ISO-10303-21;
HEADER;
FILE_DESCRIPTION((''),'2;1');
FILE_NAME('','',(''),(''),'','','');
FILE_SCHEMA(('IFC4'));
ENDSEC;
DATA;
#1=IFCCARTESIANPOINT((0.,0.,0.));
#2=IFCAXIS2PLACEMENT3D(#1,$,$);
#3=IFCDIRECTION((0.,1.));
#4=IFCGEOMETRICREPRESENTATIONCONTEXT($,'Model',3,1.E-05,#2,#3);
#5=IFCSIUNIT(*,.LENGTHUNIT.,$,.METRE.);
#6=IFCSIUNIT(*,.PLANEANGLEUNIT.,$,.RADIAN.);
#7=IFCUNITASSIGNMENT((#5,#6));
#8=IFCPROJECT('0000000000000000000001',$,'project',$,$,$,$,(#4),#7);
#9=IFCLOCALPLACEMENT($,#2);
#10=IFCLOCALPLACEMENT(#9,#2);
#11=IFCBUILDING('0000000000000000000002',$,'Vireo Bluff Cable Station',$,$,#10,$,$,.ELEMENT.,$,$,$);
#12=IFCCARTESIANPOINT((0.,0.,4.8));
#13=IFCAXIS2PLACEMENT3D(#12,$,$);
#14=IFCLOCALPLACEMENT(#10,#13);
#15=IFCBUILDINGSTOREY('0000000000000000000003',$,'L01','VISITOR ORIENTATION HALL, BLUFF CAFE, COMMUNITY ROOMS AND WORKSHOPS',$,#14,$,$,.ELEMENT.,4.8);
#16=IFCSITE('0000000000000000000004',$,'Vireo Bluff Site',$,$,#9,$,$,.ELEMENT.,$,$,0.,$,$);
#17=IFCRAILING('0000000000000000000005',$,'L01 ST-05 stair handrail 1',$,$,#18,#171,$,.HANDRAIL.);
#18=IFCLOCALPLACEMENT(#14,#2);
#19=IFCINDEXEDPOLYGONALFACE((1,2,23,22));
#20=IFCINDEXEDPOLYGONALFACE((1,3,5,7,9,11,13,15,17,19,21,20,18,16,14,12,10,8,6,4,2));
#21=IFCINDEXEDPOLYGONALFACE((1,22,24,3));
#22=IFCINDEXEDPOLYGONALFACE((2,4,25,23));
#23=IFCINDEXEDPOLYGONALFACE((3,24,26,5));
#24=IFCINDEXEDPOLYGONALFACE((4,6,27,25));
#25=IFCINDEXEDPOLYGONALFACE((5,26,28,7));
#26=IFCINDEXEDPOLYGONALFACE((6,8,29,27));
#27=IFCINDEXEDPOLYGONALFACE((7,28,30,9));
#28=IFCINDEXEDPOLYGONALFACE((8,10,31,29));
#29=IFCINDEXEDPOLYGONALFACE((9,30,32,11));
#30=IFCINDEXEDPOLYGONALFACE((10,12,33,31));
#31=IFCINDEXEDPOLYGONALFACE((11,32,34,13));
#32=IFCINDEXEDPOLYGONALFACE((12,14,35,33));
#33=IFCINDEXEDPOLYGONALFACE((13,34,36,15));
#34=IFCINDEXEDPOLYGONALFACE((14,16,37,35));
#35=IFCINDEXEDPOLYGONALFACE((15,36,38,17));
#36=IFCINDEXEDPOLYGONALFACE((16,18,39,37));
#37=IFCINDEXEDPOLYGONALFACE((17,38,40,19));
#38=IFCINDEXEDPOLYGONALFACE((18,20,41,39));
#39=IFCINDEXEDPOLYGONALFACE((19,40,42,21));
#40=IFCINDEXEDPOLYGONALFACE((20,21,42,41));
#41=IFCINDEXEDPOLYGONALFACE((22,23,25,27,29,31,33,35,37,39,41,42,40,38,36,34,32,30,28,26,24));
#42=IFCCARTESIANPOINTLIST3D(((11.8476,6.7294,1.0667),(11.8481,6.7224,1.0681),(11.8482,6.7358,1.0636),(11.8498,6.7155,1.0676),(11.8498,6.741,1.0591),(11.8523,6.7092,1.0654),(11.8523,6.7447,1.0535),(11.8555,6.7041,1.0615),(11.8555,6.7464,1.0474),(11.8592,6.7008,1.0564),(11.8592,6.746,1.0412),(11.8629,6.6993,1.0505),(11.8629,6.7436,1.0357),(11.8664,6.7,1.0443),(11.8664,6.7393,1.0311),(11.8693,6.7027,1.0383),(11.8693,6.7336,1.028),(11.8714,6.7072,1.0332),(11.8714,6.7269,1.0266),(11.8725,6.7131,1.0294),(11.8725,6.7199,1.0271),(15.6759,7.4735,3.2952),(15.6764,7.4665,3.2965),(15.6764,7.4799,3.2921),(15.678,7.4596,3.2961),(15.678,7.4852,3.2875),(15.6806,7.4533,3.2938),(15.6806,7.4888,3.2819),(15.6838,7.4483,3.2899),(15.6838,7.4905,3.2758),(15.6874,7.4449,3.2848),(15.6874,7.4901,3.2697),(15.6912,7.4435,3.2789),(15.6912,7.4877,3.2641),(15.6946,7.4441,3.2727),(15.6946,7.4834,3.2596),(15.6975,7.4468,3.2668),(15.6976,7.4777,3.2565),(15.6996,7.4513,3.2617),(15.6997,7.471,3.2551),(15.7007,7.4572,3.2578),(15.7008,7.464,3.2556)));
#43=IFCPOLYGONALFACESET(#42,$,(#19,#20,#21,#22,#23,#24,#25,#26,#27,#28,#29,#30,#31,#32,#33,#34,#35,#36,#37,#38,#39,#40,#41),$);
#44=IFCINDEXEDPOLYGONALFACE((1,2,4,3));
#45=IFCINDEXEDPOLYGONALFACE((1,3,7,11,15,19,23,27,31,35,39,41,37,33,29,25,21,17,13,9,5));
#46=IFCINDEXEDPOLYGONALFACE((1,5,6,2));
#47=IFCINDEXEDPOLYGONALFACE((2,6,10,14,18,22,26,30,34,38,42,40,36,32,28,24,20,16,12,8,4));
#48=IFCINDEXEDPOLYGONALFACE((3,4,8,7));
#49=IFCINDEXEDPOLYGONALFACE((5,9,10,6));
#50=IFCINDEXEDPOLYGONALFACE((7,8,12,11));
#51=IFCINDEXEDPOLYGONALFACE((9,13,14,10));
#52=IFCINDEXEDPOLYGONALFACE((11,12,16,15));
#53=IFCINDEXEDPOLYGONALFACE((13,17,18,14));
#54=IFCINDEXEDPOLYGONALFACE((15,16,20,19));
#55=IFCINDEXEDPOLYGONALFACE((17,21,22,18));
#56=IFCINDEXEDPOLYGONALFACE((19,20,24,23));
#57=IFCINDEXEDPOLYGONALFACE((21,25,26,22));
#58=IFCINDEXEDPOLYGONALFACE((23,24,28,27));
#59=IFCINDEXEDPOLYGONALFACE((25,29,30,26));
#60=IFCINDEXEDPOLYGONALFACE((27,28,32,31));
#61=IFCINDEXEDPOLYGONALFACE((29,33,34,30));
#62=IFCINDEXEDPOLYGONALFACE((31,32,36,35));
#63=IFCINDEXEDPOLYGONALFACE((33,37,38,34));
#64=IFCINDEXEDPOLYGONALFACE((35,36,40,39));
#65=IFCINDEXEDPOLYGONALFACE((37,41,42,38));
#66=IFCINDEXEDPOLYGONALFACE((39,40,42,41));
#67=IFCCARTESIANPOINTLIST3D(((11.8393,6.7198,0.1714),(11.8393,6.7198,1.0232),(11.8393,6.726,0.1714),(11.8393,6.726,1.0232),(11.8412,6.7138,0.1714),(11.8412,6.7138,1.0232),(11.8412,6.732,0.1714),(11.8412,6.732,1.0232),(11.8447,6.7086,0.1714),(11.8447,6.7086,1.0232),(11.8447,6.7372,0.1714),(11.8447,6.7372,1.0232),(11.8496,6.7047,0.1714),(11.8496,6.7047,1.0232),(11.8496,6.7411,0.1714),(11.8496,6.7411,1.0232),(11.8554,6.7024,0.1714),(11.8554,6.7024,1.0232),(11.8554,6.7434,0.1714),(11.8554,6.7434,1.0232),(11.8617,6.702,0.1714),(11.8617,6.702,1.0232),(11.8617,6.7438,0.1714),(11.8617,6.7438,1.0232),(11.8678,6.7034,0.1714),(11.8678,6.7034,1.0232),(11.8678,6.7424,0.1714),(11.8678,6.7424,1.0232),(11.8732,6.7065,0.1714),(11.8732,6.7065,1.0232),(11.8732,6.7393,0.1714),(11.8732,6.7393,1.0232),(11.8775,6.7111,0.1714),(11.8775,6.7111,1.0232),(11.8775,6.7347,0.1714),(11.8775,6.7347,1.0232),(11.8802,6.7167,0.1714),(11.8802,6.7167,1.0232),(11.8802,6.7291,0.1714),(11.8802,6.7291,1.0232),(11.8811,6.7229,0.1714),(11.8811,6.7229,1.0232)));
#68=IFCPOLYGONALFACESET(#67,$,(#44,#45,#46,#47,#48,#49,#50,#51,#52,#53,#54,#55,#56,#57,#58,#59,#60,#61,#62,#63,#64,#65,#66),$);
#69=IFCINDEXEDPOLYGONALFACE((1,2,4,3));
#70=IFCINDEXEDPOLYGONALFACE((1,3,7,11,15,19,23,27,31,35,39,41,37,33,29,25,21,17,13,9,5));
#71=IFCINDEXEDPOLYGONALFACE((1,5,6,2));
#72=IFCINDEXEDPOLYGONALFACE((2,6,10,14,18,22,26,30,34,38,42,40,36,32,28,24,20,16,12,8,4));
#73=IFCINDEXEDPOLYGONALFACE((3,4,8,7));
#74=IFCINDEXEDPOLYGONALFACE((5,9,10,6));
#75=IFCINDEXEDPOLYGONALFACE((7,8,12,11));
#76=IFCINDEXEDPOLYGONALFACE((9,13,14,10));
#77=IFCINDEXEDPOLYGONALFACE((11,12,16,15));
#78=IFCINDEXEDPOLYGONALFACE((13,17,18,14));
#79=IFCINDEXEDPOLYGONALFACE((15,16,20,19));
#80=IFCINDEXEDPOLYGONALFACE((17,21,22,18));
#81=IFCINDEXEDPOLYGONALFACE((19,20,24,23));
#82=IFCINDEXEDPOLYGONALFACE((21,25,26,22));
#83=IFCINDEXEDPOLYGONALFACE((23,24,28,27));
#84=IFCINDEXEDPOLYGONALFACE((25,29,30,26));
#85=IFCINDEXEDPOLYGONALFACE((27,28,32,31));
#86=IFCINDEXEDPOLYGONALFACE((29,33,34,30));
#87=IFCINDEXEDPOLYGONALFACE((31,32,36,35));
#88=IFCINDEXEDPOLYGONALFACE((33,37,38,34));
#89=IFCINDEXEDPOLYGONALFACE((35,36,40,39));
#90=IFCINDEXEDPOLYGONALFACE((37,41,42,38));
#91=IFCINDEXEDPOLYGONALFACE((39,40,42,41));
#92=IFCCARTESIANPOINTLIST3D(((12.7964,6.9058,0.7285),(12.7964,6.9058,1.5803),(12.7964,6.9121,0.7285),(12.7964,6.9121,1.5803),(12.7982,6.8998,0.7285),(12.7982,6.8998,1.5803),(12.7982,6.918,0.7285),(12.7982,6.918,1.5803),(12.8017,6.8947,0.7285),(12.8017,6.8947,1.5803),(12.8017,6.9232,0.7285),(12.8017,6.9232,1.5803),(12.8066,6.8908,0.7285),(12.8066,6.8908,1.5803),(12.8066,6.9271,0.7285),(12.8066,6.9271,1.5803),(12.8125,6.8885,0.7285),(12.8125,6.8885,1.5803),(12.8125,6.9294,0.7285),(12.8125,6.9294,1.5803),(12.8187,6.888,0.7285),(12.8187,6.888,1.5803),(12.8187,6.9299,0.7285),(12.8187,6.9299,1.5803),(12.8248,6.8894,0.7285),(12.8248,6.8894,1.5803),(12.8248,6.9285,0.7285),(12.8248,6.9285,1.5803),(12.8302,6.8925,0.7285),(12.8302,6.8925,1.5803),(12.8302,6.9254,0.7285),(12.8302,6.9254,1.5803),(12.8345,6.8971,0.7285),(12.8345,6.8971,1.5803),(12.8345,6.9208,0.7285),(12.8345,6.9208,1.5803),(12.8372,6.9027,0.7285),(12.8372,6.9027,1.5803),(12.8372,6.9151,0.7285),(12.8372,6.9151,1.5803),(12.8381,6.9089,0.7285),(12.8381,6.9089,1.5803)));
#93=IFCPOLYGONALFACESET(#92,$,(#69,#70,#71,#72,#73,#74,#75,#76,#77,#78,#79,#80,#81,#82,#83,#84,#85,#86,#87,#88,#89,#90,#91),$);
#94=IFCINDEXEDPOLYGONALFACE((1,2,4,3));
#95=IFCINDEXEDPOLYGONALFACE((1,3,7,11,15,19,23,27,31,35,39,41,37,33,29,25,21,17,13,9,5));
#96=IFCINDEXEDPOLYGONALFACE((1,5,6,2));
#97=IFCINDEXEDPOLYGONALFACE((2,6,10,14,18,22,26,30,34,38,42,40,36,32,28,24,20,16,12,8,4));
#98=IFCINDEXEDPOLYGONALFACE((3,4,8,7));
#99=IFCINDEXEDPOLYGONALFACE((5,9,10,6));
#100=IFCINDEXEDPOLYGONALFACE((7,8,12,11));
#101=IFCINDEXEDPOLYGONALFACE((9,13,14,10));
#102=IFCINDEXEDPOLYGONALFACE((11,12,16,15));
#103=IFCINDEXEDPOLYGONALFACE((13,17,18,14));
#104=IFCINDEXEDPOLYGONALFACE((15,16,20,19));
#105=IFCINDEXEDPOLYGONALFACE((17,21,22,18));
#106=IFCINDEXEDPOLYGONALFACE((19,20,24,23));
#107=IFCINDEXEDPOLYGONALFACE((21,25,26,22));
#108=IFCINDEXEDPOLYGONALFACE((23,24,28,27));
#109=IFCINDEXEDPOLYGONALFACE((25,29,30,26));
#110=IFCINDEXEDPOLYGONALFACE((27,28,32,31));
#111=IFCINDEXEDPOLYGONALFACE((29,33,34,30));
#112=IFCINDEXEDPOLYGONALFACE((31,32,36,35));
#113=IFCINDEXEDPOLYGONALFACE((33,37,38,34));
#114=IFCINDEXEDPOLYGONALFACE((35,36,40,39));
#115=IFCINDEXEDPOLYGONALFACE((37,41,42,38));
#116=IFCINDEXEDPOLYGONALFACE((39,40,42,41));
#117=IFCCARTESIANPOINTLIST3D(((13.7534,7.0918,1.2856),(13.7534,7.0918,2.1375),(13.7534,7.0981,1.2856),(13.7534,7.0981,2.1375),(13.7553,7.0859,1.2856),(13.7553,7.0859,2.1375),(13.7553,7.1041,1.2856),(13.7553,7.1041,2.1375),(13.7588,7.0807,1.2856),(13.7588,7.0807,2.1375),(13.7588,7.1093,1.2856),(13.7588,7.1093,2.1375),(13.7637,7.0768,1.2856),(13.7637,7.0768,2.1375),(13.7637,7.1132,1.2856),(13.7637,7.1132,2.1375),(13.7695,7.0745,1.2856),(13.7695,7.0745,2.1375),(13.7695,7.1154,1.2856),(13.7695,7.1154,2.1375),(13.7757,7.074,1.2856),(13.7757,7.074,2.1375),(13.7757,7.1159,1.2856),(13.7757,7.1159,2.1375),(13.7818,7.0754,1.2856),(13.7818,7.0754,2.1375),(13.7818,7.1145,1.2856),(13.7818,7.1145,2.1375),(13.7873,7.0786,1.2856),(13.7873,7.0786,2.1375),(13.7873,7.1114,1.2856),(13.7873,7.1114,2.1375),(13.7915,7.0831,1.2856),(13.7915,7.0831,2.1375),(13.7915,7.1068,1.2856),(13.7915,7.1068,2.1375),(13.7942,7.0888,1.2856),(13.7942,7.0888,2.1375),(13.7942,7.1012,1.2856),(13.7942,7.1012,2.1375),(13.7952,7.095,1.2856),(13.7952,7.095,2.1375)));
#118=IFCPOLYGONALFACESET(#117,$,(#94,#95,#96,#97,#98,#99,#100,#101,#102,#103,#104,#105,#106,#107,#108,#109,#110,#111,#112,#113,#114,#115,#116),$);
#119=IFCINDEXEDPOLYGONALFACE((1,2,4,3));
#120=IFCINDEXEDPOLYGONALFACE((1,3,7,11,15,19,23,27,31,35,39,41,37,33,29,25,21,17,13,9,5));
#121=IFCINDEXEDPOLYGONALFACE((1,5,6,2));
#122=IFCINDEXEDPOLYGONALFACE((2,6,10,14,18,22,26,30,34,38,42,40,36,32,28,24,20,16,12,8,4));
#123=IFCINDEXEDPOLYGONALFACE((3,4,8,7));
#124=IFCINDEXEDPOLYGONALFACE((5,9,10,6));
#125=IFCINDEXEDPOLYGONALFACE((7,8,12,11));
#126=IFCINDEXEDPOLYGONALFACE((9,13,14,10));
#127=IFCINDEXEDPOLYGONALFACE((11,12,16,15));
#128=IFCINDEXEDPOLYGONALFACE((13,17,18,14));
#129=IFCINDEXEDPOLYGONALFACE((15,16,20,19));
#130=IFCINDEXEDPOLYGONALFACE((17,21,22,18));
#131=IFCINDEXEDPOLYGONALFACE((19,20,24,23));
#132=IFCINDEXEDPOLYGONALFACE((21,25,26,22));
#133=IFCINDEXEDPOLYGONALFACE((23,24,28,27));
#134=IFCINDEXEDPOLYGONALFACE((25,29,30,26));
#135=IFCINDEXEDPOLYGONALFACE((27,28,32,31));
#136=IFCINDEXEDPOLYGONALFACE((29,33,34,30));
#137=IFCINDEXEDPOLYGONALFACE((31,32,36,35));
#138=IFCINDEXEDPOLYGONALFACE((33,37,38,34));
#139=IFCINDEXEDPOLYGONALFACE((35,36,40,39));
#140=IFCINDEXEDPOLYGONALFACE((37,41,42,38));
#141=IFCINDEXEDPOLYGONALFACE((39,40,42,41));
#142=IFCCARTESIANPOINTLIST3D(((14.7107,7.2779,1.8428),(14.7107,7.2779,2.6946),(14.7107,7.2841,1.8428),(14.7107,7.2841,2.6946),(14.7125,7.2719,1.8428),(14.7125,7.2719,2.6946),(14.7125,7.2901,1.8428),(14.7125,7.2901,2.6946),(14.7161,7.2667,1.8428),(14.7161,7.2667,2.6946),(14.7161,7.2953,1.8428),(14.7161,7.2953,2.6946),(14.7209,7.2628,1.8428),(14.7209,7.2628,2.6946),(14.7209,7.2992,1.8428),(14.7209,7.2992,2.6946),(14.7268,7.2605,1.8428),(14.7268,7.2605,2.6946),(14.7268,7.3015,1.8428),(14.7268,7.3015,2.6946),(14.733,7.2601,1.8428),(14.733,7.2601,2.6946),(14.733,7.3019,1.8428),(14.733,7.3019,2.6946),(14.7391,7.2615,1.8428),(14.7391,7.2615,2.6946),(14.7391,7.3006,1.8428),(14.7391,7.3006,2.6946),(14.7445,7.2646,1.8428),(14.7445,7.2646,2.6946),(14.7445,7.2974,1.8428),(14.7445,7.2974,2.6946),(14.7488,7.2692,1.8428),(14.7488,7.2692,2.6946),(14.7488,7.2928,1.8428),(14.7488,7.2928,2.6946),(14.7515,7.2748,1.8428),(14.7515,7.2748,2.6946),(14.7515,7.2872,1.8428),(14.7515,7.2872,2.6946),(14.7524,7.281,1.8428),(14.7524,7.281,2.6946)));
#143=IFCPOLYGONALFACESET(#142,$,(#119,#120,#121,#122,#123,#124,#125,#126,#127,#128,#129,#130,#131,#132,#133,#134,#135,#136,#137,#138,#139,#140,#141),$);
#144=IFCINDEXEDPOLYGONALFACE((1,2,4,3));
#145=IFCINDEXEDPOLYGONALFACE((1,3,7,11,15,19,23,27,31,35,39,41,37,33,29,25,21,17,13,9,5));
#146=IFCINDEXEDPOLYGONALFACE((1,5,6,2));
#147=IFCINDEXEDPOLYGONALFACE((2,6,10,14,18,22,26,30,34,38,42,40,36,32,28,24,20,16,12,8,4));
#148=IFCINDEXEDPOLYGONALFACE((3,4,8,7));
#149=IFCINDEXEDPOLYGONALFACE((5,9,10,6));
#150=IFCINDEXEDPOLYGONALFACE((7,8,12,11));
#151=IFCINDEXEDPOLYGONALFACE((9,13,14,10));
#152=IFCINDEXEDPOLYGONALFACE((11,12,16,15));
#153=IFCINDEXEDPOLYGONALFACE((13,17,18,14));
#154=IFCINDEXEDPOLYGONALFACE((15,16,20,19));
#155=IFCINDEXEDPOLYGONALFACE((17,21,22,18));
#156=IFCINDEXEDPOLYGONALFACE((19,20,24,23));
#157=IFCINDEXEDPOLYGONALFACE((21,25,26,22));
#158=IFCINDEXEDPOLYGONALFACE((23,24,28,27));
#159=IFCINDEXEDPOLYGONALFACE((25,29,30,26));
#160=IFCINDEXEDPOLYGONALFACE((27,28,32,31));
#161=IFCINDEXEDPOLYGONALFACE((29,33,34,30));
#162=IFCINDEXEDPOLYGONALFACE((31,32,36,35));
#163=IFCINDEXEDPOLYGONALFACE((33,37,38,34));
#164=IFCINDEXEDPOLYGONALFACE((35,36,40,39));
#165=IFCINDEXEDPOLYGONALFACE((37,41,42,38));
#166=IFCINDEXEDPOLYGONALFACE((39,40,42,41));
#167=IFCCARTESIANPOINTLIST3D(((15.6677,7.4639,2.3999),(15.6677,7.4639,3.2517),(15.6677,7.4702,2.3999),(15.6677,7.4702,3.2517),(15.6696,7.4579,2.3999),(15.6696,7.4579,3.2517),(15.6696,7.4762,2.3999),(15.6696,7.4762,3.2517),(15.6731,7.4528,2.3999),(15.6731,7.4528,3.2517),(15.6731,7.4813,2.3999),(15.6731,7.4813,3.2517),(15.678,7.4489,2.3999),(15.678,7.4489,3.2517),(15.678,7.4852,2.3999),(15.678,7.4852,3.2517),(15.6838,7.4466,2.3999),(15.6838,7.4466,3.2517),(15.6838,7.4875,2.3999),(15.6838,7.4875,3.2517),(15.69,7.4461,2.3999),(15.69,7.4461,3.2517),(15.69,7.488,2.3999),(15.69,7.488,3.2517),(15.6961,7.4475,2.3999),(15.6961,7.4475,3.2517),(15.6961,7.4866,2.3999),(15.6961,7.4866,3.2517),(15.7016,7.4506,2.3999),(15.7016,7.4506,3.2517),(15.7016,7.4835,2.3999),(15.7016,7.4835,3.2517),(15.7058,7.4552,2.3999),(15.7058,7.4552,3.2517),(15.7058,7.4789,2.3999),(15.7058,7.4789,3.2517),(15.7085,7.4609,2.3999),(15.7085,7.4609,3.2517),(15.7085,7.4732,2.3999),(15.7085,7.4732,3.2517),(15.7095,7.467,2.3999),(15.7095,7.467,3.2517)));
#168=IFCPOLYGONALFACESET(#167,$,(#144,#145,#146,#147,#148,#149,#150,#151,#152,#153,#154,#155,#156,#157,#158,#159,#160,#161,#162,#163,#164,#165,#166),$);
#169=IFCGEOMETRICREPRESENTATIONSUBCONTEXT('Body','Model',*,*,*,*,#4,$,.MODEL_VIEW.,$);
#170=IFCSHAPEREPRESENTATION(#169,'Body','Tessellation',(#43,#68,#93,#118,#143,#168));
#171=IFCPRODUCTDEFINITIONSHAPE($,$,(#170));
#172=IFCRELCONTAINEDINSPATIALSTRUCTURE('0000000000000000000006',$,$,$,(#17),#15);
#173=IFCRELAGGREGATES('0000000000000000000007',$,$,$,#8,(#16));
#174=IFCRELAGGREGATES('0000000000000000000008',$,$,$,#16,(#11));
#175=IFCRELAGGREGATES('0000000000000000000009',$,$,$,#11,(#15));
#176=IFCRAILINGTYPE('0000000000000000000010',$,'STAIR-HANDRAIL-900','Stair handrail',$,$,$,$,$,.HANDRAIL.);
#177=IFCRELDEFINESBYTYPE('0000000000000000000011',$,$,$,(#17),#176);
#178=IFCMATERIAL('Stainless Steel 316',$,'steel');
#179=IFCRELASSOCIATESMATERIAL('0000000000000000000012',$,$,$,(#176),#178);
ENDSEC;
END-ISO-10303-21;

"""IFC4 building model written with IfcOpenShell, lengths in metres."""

from ifc_helpers import new_model, si_unit, direction, frame, origin, origin_2d, place, context, subcontext, project, spatial, circle, extrude, material, type_object, element, save


model = new_model("IFC4")

# Units and contexts
model_context = context("Model", 3, precision=1e-05, world=origin(), true_north=direction((0.0, 1.0)))
body_context = subcontext(model_context, "Body", "Model", "MODEL_VIEW")
ifc_project = project(units=[si_unit("LENGTHUNIT", "METRE"), si_unit("PLANEANGLEUNIT", "RADIAN")], contexts=[model_context])

# Site, building, storey
site_placement = place(None, origin())
site = spatial("IfcSite", under=ifc_project, at=site_placement, Name="Vireo Bluff Site", CompositionType="ELEMENT", RefElevation=0.0)
building_placement = place(site_placement, origin())
building = spatial("IfcBuilding", under=site, at=building_placement, Name="Vireo Bluff Cable Station", CompositionType="ELEMENT")
storey_placement = place(building_placement, frame((0.0, 0.0, 4.8)))
storey = spatial("IfcBuildingStorey", under=building, at=storey_placement, Name="L01", Description="VISITOR ORIENTATION HALL, BLUFF CAFE, COMMUNITY ROOMS AND WORKSHOPS", CompositionType="ELEMENT", Elevation=4.8)

# Shared definitions
ifc_material_1 = material(Name="Stainless Steel 316", Category="steel")

# Railing
railing_type_1 = type_object("IfcRailingType", Name="STAIR-HANDRAIL-900", Description="Stair handrail", PredefinedType="HANDRAIL", material=ifc_material_1)
railing_1_placement = place(storey_placement, frame((11.8601, 6.7229, 0.1714)))
element("IfcRailing", 1, at=railing_1_placement, inside=storey, type_object=railing_type_1, Name="L01 ST-05 stair handrail 1", PredefinedType="HANDRAIL", context=body_context, shape_type="SweptSolid", body=[
    extrude(circle(Radius=0.0239, at=origin_2d()), frame((0.0, 0.0, 0.876), z_axis=(0.852298, 0.165666, 0.496128), x_axis=(-0.190804, 0.981628, 0.0)), (0.0, 0.0, 1.0), 4.4917),
    extrude(circle(Radius=0.021, at=origin_2d()), origin(), (0.0, 0.0, 1.0), 0.8518),
    extrude(circle(Radius=0.021, at=origin_2d()), frame((0.957, 0.186, 0.5571)), (0.0, 0.0, 1.0), 0.8518),
    extrude(circle(Radius=0.021, at=origin_2d()), frame((1.9141, 0.3721, 1.1143)), (0.0, 0.0, 1.0), 0.8518),
    extrude(circle(Radius=0.021, at=origin_2d()), frame((2.8713, 0.5581, 1.6714)), (0.0, 0.0, 1.0), 0.8518),
    extrude(circle(Radius=0.021, at=origin_2d()), frame((3.8284, 0.7441, 2.2285)), (0.0, 0.0, 1.0), 0.8518),
])

save(model, "model.ifc")
